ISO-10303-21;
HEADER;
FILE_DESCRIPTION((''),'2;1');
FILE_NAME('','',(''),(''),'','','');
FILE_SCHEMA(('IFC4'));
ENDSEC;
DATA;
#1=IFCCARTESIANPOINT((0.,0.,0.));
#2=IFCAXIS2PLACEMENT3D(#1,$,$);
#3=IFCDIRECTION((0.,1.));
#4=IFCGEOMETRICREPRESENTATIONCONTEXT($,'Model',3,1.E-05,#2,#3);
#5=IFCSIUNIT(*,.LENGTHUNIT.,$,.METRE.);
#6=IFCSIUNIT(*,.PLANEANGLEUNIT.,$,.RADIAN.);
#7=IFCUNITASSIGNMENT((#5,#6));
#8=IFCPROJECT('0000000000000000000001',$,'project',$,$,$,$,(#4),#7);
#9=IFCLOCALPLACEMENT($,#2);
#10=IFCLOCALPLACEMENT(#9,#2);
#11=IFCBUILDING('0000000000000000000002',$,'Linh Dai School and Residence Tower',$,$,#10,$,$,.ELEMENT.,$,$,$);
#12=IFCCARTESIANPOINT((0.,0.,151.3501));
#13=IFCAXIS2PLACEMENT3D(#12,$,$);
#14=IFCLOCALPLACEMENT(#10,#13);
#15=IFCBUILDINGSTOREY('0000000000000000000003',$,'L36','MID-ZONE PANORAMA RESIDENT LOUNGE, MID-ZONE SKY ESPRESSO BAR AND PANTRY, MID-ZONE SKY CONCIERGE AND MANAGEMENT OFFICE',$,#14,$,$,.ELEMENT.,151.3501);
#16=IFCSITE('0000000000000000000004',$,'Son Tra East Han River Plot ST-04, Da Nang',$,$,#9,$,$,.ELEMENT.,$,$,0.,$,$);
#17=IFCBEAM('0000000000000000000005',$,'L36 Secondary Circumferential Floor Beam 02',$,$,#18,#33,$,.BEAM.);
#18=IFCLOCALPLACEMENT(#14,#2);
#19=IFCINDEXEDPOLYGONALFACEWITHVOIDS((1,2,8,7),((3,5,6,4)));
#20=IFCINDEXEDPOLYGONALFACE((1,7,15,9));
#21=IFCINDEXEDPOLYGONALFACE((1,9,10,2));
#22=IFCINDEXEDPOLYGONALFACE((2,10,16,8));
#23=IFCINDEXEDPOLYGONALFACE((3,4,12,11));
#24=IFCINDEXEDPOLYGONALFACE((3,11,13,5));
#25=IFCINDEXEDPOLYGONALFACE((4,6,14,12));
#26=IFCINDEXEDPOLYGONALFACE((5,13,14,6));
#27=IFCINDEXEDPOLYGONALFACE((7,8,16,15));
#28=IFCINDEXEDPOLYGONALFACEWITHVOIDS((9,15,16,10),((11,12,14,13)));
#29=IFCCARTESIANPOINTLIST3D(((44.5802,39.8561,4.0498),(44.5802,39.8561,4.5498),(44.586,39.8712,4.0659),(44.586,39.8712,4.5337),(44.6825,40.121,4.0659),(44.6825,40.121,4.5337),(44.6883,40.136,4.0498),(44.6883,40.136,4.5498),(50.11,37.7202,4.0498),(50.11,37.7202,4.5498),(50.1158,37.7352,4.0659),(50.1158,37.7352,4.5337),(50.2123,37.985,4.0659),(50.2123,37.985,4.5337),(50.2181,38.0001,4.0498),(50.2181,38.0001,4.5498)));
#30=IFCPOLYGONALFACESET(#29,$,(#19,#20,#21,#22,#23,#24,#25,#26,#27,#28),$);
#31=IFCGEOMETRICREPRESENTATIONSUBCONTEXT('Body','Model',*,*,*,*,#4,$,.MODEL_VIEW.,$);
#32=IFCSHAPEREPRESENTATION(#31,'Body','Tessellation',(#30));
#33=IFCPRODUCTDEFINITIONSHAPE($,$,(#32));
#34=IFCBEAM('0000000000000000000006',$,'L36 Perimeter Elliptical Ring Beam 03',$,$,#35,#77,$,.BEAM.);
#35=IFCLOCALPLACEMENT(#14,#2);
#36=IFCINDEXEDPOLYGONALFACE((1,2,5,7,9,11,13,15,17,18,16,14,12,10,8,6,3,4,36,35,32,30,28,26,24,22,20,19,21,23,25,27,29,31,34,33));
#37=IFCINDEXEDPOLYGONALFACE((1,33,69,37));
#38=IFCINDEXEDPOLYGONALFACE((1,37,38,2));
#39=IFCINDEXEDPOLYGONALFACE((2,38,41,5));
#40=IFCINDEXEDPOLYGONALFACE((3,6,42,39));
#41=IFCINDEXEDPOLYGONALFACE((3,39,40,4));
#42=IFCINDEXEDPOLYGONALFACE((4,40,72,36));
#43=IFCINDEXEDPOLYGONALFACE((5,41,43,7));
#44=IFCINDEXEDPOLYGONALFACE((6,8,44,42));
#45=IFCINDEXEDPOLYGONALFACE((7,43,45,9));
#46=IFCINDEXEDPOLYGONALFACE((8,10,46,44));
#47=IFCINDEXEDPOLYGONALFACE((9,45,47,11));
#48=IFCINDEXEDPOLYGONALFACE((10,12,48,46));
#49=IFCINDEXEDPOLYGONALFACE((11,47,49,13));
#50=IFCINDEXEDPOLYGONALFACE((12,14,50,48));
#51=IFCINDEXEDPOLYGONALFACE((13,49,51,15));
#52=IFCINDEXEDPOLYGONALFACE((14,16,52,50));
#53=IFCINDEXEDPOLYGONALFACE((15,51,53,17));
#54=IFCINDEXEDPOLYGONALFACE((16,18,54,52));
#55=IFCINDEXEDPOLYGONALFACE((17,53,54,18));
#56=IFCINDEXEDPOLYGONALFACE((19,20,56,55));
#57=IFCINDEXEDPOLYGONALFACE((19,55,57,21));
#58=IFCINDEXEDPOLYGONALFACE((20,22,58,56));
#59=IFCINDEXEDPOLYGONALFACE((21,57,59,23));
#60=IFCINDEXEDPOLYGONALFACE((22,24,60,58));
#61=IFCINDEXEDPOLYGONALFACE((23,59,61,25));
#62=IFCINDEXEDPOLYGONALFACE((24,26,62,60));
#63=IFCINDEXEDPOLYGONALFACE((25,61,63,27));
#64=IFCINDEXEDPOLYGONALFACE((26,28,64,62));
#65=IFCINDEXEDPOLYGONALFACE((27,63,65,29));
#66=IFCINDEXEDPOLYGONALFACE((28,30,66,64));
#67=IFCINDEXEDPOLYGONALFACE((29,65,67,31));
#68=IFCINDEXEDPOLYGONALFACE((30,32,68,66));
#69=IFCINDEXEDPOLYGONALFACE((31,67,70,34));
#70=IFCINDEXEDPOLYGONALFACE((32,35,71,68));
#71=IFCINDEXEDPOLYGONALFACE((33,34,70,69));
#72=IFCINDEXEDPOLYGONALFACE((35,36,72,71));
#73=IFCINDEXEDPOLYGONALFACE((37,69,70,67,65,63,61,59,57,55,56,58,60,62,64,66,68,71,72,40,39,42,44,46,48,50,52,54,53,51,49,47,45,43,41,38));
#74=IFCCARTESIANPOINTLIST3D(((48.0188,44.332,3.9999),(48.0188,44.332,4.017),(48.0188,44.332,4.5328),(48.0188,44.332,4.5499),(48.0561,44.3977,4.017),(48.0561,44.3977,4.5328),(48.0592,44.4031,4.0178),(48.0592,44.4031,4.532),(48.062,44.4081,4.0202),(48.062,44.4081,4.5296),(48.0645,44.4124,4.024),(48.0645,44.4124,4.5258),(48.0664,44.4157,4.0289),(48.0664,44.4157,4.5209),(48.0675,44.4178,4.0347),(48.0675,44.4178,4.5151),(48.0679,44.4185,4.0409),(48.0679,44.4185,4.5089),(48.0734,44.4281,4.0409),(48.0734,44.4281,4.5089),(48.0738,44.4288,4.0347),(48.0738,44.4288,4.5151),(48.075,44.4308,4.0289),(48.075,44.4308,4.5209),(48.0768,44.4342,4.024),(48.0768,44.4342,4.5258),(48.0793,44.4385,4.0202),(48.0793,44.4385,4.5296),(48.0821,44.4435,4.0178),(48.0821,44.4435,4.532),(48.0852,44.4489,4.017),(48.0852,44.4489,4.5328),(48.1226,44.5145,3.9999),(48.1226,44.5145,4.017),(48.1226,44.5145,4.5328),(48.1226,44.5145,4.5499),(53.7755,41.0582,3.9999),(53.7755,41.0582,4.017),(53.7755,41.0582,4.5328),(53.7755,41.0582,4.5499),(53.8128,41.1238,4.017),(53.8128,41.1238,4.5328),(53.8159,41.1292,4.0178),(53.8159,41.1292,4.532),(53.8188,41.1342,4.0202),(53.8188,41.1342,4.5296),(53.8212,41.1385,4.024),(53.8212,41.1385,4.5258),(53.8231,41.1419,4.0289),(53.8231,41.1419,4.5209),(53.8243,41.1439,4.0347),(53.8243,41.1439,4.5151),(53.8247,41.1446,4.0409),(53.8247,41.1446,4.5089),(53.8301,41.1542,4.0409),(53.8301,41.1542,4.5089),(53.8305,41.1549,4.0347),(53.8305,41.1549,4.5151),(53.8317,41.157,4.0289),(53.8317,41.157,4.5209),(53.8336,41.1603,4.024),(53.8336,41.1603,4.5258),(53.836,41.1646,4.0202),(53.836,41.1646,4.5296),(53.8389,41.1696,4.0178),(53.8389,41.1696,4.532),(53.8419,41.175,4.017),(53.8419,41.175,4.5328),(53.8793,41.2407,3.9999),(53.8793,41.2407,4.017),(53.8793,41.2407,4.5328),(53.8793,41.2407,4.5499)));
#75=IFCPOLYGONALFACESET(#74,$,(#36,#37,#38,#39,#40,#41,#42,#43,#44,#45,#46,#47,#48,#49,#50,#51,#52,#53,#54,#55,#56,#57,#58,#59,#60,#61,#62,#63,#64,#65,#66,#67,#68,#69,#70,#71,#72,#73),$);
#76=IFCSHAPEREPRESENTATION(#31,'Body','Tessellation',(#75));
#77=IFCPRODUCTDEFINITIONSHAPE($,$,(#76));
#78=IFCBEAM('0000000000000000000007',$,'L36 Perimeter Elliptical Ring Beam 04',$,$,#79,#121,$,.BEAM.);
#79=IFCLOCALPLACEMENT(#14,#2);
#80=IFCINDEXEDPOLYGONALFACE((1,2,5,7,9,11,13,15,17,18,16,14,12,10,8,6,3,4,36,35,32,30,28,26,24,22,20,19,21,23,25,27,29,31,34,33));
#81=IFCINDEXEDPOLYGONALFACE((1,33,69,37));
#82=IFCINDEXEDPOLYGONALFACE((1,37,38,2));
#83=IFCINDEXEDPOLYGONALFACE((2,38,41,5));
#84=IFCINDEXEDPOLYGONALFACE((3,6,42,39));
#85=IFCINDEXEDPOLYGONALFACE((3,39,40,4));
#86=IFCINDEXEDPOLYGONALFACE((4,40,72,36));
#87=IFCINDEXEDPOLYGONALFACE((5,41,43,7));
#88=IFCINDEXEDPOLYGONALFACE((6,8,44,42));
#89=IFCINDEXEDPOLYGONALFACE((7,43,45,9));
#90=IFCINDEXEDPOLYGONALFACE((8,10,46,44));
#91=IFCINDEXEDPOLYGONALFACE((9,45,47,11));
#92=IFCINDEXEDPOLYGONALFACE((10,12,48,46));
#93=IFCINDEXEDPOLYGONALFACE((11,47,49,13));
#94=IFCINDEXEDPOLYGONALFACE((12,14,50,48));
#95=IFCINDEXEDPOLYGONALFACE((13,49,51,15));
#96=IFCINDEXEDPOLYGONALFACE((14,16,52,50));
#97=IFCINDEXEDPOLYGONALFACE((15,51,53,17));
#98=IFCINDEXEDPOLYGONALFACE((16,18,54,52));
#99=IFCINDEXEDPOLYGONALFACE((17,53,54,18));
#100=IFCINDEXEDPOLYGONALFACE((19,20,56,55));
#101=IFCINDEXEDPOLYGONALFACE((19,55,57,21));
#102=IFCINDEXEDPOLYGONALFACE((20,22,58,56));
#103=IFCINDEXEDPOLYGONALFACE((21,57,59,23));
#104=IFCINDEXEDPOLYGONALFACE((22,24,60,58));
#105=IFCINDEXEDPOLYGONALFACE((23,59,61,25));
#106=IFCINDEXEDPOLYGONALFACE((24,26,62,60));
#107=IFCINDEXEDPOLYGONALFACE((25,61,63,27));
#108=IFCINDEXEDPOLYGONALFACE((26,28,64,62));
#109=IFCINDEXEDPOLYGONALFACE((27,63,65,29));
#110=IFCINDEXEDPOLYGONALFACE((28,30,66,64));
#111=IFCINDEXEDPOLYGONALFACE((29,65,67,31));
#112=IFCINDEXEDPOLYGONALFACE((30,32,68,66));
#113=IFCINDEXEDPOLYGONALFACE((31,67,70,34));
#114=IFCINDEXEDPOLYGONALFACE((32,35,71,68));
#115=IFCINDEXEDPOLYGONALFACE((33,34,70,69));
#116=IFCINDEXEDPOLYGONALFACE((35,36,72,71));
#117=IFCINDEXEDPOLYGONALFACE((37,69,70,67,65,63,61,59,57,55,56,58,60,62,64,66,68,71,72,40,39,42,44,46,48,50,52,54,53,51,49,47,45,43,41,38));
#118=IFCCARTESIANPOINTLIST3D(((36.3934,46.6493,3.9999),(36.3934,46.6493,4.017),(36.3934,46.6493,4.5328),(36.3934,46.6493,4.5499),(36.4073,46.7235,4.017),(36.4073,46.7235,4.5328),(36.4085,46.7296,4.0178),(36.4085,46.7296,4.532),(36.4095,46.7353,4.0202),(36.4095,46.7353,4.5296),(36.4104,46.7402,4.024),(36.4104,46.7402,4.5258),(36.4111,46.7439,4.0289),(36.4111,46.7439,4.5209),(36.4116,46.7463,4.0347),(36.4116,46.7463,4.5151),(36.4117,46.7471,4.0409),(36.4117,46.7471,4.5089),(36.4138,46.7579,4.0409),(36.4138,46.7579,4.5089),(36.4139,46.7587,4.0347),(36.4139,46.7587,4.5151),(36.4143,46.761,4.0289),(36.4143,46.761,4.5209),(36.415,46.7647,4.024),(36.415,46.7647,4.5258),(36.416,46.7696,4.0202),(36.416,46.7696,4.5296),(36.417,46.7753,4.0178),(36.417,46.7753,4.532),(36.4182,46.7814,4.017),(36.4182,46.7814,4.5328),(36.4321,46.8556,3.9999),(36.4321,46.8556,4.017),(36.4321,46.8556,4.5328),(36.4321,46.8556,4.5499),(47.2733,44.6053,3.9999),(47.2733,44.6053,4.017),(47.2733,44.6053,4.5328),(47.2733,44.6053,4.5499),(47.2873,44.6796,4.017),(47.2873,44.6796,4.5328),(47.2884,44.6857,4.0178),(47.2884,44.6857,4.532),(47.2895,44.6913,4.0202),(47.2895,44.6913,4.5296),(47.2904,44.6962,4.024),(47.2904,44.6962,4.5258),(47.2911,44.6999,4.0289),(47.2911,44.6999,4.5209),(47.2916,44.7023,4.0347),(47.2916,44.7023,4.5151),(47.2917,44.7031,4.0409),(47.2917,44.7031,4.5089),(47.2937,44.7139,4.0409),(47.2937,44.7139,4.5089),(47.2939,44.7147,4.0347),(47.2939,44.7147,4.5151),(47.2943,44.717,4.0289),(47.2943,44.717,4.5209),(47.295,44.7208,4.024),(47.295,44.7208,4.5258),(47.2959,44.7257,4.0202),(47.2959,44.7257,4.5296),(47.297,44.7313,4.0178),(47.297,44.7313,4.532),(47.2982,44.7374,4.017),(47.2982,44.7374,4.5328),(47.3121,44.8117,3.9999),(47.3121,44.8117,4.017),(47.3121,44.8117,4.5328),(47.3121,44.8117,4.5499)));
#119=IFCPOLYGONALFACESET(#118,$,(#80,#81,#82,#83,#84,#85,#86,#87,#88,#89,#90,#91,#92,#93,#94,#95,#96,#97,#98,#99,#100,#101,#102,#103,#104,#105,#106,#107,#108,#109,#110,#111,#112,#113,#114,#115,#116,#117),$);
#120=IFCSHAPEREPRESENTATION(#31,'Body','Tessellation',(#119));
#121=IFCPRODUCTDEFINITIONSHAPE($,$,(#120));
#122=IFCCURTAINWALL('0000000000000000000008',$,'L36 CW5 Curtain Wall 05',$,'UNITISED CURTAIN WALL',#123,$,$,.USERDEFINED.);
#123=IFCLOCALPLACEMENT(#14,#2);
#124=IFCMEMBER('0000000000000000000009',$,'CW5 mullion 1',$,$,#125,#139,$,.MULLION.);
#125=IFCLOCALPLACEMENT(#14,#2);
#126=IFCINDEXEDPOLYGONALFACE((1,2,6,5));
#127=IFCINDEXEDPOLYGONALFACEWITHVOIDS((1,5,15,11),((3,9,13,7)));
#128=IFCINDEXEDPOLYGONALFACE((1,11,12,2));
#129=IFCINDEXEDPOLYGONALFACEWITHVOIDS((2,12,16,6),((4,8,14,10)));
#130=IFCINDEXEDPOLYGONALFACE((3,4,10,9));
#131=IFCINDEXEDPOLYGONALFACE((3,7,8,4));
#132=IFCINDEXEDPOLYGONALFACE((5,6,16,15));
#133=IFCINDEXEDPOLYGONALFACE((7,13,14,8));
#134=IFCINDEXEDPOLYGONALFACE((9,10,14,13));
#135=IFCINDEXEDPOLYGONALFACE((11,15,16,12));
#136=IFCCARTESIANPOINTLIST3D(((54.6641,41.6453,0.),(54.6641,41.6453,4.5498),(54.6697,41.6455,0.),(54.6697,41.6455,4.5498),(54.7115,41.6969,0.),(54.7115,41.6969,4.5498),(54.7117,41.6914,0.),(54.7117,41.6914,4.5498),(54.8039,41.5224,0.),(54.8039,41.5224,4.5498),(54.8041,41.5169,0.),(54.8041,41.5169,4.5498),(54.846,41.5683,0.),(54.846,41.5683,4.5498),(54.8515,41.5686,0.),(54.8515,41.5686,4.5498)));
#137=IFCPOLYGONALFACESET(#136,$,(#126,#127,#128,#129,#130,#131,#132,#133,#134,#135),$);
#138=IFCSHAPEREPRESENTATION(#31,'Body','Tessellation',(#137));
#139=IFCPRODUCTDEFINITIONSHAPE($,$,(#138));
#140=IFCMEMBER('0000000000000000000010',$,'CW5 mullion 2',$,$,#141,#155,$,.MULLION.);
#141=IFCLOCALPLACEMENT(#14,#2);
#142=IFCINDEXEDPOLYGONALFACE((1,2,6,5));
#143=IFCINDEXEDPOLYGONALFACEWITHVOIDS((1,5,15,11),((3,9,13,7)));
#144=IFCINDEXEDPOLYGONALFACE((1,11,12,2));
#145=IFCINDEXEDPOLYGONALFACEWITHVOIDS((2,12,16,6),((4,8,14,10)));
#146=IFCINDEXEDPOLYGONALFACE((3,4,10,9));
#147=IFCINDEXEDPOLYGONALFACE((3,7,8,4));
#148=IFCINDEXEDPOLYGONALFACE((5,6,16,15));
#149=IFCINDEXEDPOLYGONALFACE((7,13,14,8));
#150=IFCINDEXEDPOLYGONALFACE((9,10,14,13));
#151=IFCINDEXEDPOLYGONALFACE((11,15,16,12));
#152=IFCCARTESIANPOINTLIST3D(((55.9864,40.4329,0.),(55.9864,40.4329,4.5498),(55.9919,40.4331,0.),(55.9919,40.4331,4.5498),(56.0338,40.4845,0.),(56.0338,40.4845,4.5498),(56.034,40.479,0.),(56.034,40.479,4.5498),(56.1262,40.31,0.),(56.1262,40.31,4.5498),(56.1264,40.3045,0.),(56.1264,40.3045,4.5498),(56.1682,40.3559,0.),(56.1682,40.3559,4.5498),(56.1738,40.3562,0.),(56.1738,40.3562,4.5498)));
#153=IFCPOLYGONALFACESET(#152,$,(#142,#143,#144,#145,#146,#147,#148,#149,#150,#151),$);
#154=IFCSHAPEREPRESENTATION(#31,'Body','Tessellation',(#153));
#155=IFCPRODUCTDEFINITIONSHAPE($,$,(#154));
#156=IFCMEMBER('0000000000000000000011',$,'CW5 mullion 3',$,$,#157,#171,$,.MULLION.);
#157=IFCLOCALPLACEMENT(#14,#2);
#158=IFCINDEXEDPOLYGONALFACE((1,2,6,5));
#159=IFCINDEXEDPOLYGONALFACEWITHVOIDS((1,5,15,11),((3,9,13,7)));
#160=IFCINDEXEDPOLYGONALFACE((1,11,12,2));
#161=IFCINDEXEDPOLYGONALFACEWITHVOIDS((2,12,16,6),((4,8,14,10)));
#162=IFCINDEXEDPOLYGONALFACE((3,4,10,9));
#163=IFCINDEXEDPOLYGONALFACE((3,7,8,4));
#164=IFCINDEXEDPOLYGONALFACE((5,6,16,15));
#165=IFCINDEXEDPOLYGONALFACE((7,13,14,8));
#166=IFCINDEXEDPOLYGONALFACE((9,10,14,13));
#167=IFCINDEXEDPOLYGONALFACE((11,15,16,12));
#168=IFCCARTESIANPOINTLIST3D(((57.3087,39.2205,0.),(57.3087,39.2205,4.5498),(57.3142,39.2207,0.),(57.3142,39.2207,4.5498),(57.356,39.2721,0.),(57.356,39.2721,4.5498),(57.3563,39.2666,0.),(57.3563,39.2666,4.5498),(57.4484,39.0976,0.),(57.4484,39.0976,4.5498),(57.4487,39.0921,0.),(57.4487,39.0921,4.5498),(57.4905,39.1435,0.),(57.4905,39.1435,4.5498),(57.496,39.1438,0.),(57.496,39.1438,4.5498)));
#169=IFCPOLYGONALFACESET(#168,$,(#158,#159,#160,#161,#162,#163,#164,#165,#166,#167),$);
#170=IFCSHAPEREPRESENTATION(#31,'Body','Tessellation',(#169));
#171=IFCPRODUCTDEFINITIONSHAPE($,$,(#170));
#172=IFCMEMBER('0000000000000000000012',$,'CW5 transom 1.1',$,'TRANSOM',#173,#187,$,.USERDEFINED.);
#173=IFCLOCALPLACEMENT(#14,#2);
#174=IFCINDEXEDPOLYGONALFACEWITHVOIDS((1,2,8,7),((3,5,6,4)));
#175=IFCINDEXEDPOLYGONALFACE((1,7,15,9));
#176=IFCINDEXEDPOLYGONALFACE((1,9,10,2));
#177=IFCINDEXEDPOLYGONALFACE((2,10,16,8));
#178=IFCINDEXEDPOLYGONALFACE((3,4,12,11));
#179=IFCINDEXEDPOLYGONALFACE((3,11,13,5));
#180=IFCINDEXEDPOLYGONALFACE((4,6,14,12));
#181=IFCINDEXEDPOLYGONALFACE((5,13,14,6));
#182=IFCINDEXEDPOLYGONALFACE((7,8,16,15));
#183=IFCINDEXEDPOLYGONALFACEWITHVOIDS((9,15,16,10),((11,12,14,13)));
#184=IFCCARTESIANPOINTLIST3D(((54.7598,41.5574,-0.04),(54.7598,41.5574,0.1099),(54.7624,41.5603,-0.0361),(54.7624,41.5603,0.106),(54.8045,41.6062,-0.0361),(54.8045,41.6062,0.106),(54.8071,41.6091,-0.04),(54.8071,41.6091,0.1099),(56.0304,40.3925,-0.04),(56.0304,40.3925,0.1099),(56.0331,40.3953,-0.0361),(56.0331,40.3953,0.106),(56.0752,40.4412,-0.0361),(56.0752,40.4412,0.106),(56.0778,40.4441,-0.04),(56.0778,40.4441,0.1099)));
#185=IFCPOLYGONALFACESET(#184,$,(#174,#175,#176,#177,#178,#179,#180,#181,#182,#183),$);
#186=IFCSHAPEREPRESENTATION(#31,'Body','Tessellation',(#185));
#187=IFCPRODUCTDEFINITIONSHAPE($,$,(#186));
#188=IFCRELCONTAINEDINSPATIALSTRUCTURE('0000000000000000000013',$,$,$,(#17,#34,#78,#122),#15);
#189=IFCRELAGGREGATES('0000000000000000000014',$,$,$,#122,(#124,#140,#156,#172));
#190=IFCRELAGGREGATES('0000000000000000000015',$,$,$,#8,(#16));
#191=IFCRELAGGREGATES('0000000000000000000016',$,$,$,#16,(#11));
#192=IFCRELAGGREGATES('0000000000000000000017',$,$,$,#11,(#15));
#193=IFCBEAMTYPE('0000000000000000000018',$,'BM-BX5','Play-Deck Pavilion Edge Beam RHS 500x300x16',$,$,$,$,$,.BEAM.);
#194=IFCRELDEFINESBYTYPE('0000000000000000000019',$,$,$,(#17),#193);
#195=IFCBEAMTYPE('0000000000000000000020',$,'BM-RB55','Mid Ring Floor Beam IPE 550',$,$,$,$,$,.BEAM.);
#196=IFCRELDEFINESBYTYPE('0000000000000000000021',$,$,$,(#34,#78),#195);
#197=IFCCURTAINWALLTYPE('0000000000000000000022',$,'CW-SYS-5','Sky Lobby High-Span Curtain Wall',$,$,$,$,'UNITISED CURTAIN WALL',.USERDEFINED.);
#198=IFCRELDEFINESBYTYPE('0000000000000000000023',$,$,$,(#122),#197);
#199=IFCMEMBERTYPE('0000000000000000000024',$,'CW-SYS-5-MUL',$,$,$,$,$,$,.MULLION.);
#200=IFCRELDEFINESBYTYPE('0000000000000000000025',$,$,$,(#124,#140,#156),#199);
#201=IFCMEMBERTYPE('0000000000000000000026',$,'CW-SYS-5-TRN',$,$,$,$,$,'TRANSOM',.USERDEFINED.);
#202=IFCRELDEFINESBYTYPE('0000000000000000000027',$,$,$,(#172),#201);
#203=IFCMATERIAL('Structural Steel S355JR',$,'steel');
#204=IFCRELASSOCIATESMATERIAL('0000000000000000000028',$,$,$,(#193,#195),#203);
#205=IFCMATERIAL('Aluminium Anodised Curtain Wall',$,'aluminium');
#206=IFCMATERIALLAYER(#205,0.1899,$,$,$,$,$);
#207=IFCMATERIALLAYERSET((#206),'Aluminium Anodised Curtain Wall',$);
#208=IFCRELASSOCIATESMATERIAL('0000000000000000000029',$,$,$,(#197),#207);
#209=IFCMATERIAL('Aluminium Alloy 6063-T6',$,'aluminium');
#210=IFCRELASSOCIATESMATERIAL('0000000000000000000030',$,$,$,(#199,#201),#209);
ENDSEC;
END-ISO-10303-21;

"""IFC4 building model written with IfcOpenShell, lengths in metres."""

from ifc_helpers import new_model, si_unit, direction, frame, origin, origin_2d, place, context, subcontext, project, spatial, hollow_rectangle, i_section, extrude, source, transform, mapped, material, layer, layer_set, material_profile, profile_set, type_object, element, aggregate, save


model = new_model("IFC4")

# Units and contexts
model_context = context("Model", 3, precision=1e-05, world=origin(), true_north=direction((0.0, 1.0)))
body_context = subcontext(model_context, "Body", "Model", "MODEL_VIEW")
ifc_project = project(units=[si_unit("LENGTHUNIT", "METRE"), si_unit("PLANEANGLEUNIT", "RADIAN")], contexts=[model_context])

# Site, building, storey
site_placement = place(None, origin())
site = spatial("IfcSite", under=ifc_project, at=site_placement, Name="Son Tra East Han River Plot ST-04, Da Nang", CompositionType="ELEMENT", RefElevation=0.0)
building_placement = place(site_placement, origin())
building = spatial("IfcBuilding", under=site, at=building_placement, Name="Linh Dai School and Residence Tower", CompositionType="ELEMENT")
storey_placement = place(building_placement, frame((0.0, 0.0, 151.3501)))
storey = spatial("IfcBuildingStorey", under=building, at=storey_placement, Name="L36", Description="MID-ZONE PANORAMA RESIDENT LOUNGE, MID-ZONE SKY ESPRESSO BAR AND PANTRY, MID-ZONE SKY CONCIERGE AND MANAGEMENT OFFICE", CompositionType="ELEMENT", Elevation=151.3501)

# Shared definitions
ifc_material_1 = material(Name="Structural Steel S355JR", Category="steel")

# Beams
ifc_material_profile_1 = material_profile(ifc_material_1, hollow_rectangle(XDim=0.3, YDim=0.5, WallThickness=0.0161, at=origin_2d()), Name="RHS 500x300x16")
ifc_profile_set_1 = profile_set([ifc_material_profile_1], Name="Structural Steel S355JR")
beam_type_1 = type_object("IfcBeamType", Name="BM-BX5", Description="Play-Deck Pavilion Edge Beam RHS 500x300x16", PredefinedType="BEAM", material=ifc_profile_set_1)
beam_1_placement = place(storey_placement, frame((50.1641, 37.8601, 4.2998), z_axis=(-0.932828, 0.360323, 0.0), x_axis=(-0.360323, -0.932828, 0.0)))
element("IfcBeam", 1, at=beam_1_placement, inside=storey, type_object=beam_type_1, Name="L36 Secondary Circumferential Floor Beam 02", PredefinedType="BEAM", context=body_context, shape_type="SweptSolid", body=[
    extrude(hollow_rectangle(XDim=0.3, YDim=0.5, WallThickness=0.0161, at=origin_2d()), origin(), (0.0, 0.0, 1.0), 5.928),
])
ifc_material_profile_2 = material_profile(ifc_material_1, i_section(OverallWidth=0.21, OverallDepth=0.55, WebThickness=0.011, FlangeThickness=0.0171, FilletRadius=0.0239, at=origin_2d()), Name="IPE 550")
ifc_profile_set_2 = profile_set([ifc_material_profile_2], Name="Structural Steel S355JR")
beam_type_2 = type_object("IfcBeamType", Name="BM-RB55", Description="Mid Ring Floor Beam IPE 550", PredefinedType="BEAM", material=ifc_profile_set_2)
beam_2_placement = place(storey_placement, frame((53.8274, 41.1494, 4.2749), z_axis=(-0.869262, 0.494351, 0.0), x_axis=(-0.494351, -0.869262, 0.0)))
element("IfcBeam", 2, at=beam_2_placement, inside=storey, type_object=beam_type_2, Name="L36 Perimeter Elliptical Ring Beam 03", PredefinedType="BEAM", context=body_context, shape_type="SweptSolid", body=[
    extrude(i_section(OverallWidth=0.21, OverallDepth=0.55, WebThickness=0.011, FlangeThickness=0.0171, FilletRadius=0.0239, at=origin_2d()), origin(), (0.0, 0.0, 1.0), 6.6226),
])
beam_3_placement = place(storey_placement, frame((47.2927, 44.7085, 4.2749), z_axis=(-0.982807, 0.184635, 0.0), x_axis=(-0.184635, -0.982807, 0.0)))
element("IfcBeam", 3, at=beam_3_placement, inside=storey, type_object=beam_type_2, Name="L36 Perimeter Elliptical Ring Beam 04", PredefinedType="BEAM", context=body_context, shape_type="SweptSolid", body=[
    extrude(i_section(OverallWidth=0.21, OverallDepth=0.55, WebThickness=0.011, FlangeThickness=0.0171, FilletRadius=0.0239, at=origin_2d()), origin(), (0.0, 0.0, 1.0), 11.0703),
])

# Curtain wall, members
ifc_material_2 = material(Name="Aluminium Anodised Curtain Wall", Category="aluminium")
ifc_layer_1 = layer(ifc_material_2, 0.1899)
ifc_layer_set_1 = layer_set([ifc_layer_1], Name="Aluminium Anodised Curtain Wall")
curtain_wall_type = type_object("IfcCurtainWallType", Name="CW-SYS-5", Description="Sky Lobby High-Span Curtain Wall", ElementType="UNITISED CURTAIN WALL", PredefinedType="USERDEFINED", material=ifc_layer_set_1)
curtain_wall_placement = place(storey_placement, origin())
curtain_wall = element("IfcCurtainWall", 4, at=curtain_wall_placement, inside=storey, type_object=curtain_wall_type, Name="L36 CW5 Curtain Wall 05", ObjectType="UNITISED CURTAIN WALL", PredefinedType="USERDEFINED")
ifc_material_3 = material(Name="Aluminium Alloy 6063-T6", Category="aluminium")
ifc_material_profile_3 = material_profile(ifc_material_3, hollow_rectangle(XDim=0.0701, YDim=0.1899, WallThickness=0.0039, at=origin_2d()), Name="RHS 190x70x4")
ifc_profile_set_3 = profile_set([ifc_material_profile_3], Name="Aluminium Alloy 6063-T6")
member_type_1 = type_object("IfcMemberType", Name="CW-SYS-5-MUL", PredefinedType="MULLION", material=ifc_profile_set_3)
shared_shape_1 = source(origin(), body_context, "Body", "SweptSolid", [
    extrude(hollow_rectangle(XDim=0.0701, YDim=0.1899, WallThickness=0.0039, at=origin_2d()), origin(), (0.0, 0.0, 1.0), 4.5498),
])
member_1_placement = place(storey_placement, frame((54.7578, 41.6069, 0.0), z_axis=(0.0, 0.0, 1.0), x_axis=(0.6758, 0.737085, 0.0)))
member_1 = element("IfcMember", 5, at=member_1_placement, type_object=member_type_1, Name="CW5 mullion 1", PredefinedType="MULLION", context=body_context, shape_type="MappedRepresentation", body=[
    mapped(shared_shape_1, transform((0.0, 0.0, 0.0), x_axis=(1.0, 0.0, 0.0), y_axis=(0.0, 1.0, 0.0), z_axis=(0.0, 0.0, 1.0), scale=1.0)),
])
member_2_placement = place(storey_placement, frame((56.0801, 40.3945, 0.0), z_axis=(0.0, 0.0, 1.0), x_axis=(0.6758, 0.737085, 0.0)))
member_2 = element("IfcMember", 6, at=member_2_placement, type_object=member_type_1, Name="CW5 mullion 2", PredefinedType="MULLION", context=body_context, shape_type="MappedRepresentation", body=[
    mapped(shared_shape_1, transform((0.0, 0.0, 0.0), x_axis=(1.0, 0.0, 0.0), y_axis=(0.0, 1.0, 0.0), z_axis=(0.0, 0.0, 1.0), scale=1.0)),
])
member_3_placement = place(storey_placement, frame((57.4023, 39.1821, 0.0), z_axis=(0.0, 0.0, 1.0), x_axis=(0.6758, 0.737085, 0.0)))
member_3 = element("IfcMember", 7, at=member_3_placement, type_object=member_type_1, Name="CW5 mullion 3", PredefinedType="MULLION", context=body_context, shape_type="MappedRepresentation", body=[
    mapped(shared_shape_1, transform((0.0, 0.0, 0.0), x_axis=(1.0, 0.0, 0.0), y_axis=(0.0, 1.0, 0.0), z_axis=(0.0, 0.0, 1.0), scale=1.0)),
])
ifc_material_profile_4 = material_profile(ifc_material_3, hollow_rectangle(XDim=0.0701, YDim=0.1499, WallThickness=0.0039, at=origin_2d()), Name="RHS 150x70x4")
ifc_profile_set_4 = profile_set([ifc_material_profile_4], Name="Aluminium Alloy 6063-T6")
member_type_2 = type_object("IfcMemberType", Name="CW-SYS-5-TRN", ElementType="TRANSOM", PredefinedType="USERDEFINED", material=ifc_profile_set_4)
shared_shape_2 = source(origin(), body_context, "Body", "SweptSolid", [
    extrude(hollow_rectangle(XDim=0.0701, YDim=0.1499, WallThickness=0.0039, at=origin_2d()), origin(), (0.0, 0.0, 1.0), 1.7239),
])
member_4_placement = place(storey_placement, frame((54.7834, 41.5833, 0.0349), z_axis=(0.737101, -0.675782, 0.0), x_axis=(0.675782, 0.737101, 0.0)))
member_4 = element("IfcMember", 8, at=member_4_placement, type_object=member_type_2, Name="CW5 transom 1.1", ObjectType="TRANSOM", PredefinedType="USERDEFINED", context=body_context, shape_type="MappedRepresentation", body=[
    mapped(shared_shape_2, transform((0.0, 0.0, 0.0), x_axis=(1.0, 0.0, 0.0), y_axis=(0.0, 1.0, 0.0), z_axis=(0.0, 0.0, 1.0), scale=1.0)),
])

aggregate(curtain_wall, [member_1, member_2, member_3, member_4])

save(model, "model.ifc")
